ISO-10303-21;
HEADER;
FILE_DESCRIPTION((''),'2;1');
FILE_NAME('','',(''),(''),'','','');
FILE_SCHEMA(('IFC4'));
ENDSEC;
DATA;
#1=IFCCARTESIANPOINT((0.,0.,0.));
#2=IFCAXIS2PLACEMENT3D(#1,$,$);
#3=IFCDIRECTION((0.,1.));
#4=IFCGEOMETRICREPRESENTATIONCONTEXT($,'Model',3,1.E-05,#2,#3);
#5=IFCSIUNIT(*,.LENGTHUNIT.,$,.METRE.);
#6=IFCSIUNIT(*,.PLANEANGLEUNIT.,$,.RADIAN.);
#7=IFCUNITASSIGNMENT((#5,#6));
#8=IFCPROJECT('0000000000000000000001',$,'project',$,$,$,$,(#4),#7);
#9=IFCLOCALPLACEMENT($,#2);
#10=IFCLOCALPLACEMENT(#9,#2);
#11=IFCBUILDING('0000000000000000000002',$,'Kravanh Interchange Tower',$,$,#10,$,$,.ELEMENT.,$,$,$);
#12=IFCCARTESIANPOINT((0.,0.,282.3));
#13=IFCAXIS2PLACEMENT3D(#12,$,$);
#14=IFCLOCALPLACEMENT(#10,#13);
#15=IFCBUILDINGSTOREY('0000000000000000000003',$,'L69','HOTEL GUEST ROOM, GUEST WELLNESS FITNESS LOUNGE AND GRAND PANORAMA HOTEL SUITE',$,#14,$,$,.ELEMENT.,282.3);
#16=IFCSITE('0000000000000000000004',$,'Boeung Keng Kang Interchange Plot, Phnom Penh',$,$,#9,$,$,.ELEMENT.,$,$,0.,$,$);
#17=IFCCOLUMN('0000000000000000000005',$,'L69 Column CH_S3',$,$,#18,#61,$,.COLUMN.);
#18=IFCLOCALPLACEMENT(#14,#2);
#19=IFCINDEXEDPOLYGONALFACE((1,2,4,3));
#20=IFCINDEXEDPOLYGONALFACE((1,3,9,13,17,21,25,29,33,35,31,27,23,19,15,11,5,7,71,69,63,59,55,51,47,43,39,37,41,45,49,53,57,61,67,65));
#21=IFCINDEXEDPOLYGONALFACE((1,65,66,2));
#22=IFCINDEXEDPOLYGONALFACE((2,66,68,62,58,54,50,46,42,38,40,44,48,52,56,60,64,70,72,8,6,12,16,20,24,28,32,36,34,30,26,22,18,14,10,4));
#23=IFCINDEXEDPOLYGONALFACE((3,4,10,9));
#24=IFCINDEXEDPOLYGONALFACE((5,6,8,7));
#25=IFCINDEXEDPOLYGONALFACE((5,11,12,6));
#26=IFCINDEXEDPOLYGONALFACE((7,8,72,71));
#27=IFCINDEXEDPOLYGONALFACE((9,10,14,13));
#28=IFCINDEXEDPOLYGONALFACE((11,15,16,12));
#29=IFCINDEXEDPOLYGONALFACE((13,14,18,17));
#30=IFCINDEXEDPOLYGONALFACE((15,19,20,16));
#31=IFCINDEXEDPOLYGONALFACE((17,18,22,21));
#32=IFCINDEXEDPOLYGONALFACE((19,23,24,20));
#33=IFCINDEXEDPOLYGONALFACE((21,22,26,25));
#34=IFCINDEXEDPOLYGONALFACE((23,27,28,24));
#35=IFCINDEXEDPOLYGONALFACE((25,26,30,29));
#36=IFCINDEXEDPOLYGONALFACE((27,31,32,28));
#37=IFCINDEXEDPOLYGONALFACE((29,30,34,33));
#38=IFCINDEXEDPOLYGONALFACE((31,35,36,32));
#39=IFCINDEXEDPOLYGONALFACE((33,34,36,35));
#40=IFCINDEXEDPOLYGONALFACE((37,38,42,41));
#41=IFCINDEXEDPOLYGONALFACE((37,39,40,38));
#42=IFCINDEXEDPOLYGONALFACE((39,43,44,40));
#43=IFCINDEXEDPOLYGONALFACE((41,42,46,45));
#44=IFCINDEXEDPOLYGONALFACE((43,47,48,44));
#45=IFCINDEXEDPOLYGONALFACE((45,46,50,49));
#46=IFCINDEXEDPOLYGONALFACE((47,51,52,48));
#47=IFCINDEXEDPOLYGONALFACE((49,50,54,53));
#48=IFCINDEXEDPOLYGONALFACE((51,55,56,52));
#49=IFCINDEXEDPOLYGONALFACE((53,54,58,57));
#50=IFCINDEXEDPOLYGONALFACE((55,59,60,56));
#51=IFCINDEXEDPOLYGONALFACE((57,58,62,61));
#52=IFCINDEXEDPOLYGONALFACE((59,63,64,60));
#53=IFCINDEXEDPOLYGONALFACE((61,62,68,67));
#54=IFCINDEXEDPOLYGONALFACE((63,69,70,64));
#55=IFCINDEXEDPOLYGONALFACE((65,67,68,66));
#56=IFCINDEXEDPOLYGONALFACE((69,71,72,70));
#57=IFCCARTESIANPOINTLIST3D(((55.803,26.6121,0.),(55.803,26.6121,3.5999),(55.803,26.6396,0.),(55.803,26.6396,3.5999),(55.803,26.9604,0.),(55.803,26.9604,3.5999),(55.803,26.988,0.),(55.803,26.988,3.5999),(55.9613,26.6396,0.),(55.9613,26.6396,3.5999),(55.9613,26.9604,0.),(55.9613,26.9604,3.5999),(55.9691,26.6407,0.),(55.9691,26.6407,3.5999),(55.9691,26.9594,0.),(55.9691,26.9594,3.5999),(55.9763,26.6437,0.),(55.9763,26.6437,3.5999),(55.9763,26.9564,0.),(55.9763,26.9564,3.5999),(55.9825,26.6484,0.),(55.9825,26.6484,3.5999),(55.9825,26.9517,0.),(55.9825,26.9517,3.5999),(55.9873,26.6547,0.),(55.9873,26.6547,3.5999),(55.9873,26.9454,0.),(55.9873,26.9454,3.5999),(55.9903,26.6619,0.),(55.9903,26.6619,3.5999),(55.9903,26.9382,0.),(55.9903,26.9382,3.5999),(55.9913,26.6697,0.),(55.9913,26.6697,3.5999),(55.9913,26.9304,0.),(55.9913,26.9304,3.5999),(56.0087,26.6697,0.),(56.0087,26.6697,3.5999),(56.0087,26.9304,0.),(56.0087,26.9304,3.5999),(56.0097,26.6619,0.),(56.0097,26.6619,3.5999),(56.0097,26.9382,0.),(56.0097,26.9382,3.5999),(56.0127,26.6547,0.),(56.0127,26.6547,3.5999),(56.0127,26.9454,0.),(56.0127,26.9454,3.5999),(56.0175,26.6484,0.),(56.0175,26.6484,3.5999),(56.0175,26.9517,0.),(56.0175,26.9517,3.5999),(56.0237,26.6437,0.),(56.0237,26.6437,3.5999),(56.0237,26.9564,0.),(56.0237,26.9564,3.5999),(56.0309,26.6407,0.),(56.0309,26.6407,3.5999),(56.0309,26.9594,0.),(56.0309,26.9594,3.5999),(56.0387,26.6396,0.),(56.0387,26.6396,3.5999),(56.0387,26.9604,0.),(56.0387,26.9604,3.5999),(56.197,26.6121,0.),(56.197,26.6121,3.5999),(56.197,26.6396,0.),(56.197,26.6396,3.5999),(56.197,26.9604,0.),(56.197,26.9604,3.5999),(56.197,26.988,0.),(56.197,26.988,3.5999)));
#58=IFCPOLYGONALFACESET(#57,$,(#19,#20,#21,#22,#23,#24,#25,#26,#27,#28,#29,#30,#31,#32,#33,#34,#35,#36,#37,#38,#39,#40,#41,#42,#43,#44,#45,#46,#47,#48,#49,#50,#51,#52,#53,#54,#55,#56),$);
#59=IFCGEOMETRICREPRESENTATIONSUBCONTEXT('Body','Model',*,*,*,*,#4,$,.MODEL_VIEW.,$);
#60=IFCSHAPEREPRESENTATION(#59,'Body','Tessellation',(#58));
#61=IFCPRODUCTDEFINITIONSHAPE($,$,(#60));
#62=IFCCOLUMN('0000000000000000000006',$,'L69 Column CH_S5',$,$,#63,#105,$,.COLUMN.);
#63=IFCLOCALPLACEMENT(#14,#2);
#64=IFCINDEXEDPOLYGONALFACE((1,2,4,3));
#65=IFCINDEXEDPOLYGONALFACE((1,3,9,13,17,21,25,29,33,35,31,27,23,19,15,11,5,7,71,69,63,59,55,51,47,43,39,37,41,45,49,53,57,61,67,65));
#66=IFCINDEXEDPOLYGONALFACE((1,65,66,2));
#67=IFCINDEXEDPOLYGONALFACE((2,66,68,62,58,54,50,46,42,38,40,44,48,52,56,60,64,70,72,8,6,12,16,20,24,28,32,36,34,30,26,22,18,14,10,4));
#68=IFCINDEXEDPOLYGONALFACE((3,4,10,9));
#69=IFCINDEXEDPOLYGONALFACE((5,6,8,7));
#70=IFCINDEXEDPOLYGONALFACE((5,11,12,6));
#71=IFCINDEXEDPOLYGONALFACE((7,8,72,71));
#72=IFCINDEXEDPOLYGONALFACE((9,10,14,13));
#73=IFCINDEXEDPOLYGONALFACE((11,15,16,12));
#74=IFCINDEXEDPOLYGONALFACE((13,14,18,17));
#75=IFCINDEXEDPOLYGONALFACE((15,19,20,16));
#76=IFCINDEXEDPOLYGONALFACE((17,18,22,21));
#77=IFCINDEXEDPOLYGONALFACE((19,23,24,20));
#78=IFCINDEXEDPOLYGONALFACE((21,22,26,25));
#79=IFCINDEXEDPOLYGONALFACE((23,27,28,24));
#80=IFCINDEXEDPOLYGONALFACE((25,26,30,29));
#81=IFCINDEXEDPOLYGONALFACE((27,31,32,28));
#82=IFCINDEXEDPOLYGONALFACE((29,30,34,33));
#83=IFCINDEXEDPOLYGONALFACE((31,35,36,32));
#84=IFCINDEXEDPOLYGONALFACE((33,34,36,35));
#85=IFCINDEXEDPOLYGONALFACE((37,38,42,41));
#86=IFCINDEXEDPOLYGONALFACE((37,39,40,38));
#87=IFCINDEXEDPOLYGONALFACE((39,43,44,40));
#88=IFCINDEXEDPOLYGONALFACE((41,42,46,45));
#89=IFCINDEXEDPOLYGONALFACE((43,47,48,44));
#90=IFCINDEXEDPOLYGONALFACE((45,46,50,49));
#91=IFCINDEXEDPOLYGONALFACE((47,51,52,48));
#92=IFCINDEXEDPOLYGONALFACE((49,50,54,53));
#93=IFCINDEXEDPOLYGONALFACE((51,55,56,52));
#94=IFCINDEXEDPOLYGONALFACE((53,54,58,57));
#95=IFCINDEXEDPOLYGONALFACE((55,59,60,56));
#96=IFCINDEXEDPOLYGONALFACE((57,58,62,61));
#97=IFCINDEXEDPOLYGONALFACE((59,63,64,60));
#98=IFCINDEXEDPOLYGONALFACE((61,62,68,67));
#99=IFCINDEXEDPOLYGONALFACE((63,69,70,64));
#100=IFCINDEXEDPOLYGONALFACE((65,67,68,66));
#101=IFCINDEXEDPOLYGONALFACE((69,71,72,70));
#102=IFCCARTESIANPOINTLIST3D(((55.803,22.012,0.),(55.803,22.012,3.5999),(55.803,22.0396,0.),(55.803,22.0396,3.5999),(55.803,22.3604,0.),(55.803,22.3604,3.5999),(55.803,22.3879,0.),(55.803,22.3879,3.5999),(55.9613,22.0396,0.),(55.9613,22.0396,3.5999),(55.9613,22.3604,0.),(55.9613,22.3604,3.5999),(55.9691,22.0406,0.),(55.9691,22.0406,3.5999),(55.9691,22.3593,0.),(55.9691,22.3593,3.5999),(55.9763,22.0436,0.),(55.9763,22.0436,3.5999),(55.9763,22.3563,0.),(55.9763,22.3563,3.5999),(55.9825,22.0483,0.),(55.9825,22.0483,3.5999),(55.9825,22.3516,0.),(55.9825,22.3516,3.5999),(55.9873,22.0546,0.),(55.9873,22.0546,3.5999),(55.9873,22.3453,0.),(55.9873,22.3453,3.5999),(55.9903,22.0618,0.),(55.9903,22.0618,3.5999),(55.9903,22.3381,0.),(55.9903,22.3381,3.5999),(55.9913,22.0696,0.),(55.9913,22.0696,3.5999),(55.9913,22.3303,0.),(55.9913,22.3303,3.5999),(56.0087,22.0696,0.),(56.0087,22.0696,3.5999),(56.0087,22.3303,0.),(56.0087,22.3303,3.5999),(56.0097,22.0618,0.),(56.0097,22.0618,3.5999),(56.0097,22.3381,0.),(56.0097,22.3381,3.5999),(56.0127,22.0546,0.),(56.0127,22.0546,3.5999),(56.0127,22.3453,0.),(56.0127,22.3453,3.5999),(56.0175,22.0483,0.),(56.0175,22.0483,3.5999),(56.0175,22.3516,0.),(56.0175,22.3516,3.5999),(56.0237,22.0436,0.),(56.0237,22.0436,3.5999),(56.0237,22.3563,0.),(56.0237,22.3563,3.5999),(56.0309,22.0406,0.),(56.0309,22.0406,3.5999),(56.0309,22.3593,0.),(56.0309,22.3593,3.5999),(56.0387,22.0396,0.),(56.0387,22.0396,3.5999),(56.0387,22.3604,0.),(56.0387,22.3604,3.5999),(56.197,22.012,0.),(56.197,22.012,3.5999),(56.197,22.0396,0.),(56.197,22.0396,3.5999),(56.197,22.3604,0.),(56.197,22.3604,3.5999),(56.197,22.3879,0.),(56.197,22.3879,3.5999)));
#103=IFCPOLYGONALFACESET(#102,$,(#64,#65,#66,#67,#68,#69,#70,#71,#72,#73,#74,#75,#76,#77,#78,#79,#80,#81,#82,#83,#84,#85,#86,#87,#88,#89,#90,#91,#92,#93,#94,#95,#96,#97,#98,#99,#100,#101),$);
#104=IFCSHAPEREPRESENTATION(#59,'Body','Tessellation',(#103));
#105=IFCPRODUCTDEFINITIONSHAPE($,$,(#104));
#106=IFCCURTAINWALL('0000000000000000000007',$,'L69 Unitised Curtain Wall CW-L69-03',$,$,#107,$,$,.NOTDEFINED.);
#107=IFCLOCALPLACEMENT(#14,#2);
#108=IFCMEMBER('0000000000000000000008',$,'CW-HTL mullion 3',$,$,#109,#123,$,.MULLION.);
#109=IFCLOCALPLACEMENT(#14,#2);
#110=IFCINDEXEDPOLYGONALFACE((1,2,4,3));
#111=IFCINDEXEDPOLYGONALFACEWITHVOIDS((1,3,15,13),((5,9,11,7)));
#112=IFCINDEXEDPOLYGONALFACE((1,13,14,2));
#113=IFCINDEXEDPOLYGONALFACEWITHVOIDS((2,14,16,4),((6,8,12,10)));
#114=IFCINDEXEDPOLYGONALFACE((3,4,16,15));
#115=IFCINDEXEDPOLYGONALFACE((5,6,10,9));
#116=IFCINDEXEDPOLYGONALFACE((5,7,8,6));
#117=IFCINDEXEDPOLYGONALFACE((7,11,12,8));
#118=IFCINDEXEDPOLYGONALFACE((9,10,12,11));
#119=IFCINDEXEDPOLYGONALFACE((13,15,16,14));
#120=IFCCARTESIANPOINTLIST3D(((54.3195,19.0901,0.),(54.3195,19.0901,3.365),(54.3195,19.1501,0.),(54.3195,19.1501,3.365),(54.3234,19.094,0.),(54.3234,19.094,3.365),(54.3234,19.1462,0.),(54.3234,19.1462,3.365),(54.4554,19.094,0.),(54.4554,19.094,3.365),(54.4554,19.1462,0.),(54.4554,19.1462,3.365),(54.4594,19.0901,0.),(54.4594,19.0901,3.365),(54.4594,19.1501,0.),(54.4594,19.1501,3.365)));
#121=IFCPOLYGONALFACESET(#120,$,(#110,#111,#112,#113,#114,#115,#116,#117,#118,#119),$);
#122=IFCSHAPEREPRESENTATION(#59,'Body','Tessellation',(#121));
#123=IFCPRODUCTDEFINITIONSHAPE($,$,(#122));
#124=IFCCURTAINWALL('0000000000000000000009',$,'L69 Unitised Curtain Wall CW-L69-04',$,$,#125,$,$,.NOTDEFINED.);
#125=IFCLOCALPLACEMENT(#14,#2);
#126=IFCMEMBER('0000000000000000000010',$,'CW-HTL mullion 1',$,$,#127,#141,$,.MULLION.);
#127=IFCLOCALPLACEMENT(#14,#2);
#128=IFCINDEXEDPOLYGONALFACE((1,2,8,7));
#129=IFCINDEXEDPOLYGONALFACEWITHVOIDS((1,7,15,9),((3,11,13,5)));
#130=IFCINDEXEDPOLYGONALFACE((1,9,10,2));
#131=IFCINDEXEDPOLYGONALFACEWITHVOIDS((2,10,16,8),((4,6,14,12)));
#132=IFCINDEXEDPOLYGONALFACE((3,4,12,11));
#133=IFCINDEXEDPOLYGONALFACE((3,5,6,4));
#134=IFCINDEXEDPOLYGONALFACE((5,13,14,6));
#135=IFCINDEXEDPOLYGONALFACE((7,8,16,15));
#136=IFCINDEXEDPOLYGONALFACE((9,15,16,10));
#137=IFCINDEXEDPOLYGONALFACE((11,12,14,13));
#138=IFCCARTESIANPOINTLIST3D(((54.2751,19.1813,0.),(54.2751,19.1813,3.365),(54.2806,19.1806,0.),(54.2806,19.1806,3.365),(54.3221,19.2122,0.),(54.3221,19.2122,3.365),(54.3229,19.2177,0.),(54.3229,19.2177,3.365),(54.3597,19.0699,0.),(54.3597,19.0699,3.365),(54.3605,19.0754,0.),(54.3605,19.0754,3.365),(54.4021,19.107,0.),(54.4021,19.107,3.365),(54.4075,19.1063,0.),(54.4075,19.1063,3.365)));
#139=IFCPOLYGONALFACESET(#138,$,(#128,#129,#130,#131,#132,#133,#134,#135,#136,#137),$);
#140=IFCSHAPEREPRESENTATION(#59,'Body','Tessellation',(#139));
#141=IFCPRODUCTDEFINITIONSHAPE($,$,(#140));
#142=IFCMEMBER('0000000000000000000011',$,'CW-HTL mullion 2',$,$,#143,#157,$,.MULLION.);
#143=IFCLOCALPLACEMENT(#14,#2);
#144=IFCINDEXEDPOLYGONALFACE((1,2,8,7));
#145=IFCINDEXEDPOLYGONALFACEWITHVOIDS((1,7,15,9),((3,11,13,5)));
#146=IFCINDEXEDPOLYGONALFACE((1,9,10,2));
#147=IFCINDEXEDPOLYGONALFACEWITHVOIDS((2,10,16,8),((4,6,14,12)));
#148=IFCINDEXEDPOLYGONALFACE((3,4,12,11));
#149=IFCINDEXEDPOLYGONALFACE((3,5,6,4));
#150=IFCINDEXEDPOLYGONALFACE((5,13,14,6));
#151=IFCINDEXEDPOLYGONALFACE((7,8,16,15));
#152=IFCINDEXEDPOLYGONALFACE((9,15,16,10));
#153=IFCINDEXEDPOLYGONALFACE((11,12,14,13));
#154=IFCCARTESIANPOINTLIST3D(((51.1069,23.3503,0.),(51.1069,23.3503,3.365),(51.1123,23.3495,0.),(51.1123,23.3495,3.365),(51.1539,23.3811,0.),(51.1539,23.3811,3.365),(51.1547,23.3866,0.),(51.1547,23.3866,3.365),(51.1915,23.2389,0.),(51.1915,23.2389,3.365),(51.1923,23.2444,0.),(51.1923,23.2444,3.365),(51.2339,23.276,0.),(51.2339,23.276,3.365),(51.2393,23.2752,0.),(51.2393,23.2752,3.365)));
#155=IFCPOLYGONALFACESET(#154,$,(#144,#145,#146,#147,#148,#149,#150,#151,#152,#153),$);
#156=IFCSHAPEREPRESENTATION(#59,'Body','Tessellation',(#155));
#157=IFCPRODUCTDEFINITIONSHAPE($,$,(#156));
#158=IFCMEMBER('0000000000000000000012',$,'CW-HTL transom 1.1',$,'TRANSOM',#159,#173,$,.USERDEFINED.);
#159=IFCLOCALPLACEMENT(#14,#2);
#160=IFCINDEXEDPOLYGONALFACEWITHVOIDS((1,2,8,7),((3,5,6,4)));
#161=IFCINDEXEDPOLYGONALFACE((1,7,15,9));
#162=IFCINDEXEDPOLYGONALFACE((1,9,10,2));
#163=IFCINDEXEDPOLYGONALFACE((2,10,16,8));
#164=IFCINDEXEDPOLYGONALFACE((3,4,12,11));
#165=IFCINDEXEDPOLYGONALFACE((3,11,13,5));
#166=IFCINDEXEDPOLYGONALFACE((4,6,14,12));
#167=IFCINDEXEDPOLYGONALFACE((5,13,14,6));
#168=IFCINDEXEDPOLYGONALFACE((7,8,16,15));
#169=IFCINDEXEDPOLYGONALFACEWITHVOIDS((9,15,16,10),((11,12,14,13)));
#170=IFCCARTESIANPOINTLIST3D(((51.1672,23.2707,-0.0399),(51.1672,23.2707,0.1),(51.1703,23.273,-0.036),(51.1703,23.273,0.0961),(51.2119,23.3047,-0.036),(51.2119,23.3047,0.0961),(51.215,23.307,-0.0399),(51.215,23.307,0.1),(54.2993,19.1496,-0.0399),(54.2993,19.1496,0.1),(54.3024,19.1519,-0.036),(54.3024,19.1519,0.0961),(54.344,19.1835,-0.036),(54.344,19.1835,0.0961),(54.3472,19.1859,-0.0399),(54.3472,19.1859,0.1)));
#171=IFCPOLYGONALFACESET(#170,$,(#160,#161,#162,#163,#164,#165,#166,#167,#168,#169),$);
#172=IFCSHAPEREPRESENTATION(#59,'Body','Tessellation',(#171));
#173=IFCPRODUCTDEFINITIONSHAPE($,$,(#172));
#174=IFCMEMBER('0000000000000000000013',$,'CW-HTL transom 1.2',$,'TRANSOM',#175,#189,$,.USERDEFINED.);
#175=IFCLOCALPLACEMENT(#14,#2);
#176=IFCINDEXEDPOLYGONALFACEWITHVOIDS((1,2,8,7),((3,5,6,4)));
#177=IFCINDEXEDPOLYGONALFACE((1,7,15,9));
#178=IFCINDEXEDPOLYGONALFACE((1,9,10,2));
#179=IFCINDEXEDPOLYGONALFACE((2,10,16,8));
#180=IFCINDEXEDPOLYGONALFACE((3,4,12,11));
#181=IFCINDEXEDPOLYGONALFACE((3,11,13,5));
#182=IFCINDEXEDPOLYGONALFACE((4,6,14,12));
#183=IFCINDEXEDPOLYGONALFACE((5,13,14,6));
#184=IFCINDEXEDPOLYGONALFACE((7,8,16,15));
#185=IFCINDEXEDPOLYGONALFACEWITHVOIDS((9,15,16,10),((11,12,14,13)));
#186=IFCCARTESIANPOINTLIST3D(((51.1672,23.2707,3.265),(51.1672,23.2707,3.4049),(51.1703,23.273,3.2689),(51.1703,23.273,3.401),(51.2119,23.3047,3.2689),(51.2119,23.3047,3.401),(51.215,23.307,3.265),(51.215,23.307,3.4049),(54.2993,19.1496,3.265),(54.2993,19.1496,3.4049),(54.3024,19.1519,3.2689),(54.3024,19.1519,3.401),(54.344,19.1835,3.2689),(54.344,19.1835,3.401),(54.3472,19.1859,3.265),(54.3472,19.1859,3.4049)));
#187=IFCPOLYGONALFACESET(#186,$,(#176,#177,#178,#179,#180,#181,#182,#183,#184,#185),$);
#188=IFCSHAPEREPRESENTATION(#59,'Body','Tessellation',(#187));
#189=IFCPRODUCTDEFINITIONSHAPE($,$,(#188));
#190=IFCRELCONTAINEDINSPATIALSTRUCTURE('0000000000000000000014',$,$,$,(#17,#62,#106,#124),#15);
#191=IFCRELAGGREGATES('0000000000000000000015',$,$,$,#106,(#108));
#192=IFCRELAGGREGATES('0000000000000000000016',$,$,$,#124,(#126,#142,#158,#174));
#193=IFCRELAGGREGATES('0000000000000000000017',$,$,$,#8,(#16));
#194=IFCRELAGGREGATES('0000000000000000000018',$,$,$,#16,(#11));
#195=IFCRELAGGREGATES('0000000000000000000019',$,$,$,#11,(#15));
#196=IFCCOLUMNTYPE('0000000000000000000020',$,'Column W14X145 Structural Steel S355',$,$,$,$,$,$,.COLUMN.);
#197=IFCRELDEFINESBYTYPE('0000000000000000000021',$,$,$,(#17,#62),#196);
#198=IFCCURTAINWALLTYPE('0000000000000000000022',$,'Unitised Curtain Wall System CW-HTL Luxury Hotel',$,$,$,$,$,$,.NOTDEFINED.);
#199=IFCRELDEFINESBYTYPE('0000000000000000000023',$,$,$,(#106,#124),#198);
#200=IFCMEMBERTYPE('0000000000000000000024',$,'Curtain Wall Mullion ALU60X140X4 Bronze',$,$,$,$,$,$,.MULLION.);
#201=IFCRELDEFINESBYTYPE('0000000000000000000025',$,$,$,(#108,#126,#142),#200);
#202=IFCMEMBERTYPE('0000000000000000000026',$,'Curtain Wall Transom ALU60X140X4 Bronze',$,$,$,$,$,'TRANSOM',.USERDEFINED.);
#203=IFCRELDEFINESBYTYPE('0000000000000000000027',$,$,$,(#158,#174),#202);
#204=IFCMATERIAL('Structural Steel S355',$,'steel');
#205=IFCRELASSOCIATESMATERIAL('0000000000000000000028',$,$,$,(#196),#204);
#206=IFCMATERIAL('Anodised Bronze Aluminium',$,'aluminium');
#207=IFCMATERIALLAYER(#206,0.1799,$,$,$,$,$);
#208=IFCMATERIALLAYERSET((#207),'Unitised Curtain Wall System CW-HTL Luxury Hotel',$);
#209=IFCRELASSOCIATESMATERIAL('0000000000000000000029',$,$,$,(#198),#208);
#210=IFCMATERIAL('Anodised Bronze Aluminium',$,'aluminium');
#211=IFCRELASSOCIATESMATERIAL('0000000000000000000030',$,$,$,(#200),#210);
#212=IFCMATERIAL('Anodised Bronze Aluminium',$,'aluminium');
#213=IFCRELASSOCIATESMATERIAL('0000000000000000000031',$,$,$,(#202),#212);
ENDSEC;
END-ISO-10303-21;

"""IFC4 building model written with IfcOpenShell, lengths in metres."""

from ifc_helpers import new_model, si_unit, direction, frame, origin, origin_2d, place, context, subcontext, project, spatial, hollow_rectangle, i_section, extrude, material, layer, layer_set, material_profile, profile_set, type_object, element, aggregate, save


model = new_model("IFC4")

# Units and contexts
model_context = context("Model", 3, precision=1e-05, world=origin(), true_north=direction((0.0, 1.0)))
body_context = subcontext(model_context, "Body", "Model", "MODEL_VIEW")
ifc_project = project(units=[si_unit("LENGTHUNIT", "METRE"), si_unit("PLANEANGLEUNIT", "RADIAN")], contexts=[model_context])

# Site, building, storey
site_placement = place(None, origin())
site = spatial("IfcSite", under=ifc_project, at=site_placement, Name="Boeung Keng Kang Interchange Plot, Phnom Penh", CompositionType="ELEMENT", RefElevation=0.0)
building_placement = place(site_placement, origin())
building = spatial("IfcBuilding", under=site, at=building_placement, Name="Kravanh Interchange Tower", CompositionType="ELEMENT")
storey_placement = place(building_placement, frame((0.0, 0.0, 282.3)))
storey = spatial("IfcBuildingStorey", under=building, at=storey_placement, Name="L69", Description="HOTEL GUEST ROOM, GUEST WELLNESS FITNESS LOUNGE AND GRAND PANORAMA HOTEL SUITE", CompositionType="ELEMENT", Elevation=282.3)

# Columns
ifc_material_1 = material(Name="Structural Steel S355", Category="steel")
ifc_material_profile_1 = material_profile(ifc_material_1, i_section(OverallWidth=0.394, OverallDepth=0.376, WebThickness=0.0173, FlangeThickness=0.0276, FilletRadius=0.03, at=origin_2d()), Name="W14X145")
ifc_profile_set_1 = profile_set([ifc_material_profile_1], Name="Structural Steel S355")
column_type = type_object("IfcColumnType", Name="Column W14X145 Structural Steel S355", PredefinedType="COLUMN", material=ifc_profile_set_1)
for number, where, z_axis, x_axis, name in (
    (1, (56.0, 26.8, 0.0), (0.0, 0.0, 1.0), (1.0, 0.0, 0.0), "L69 Column CH_S3"),
    (2, (56.0, 22.2, 0.0), (0.0, 0.0, 1.0), (1.0, 0.0, 0.0), "L69 Column CH_S5"),
):
    element("IfcColumn", number, at=place(storey_placement, frame(where, z_axis=z_axis, x_axis=x_axis)), inside=storey, type_object=column_type, Name=name, PredefinedType="COLUMN", context=body_context, shape_type="SweptSolid", body=[
        extrude(i_section(OverallWidth=0.394, OverallDepth=0.376, WebThickness=0.0173, FlangeThickness=0.0276, FilletRadius=0.03, at=origin_2d()), origin(), (0.0, 0.0, 1.0), 3.5999),
    ])

# Curtain wall, member
ifc_material_2 = material(Name="Anodised Bronze Aluminium", Category="aluminium")
ifc_layer_1 = layer(ifc_material_2, 0.1799)
ifc_layer_set_1 = layer_set([ifc_layer_1], Name="Unitised Curtain Wall System CW-HTL Luxury Hotel")
curtain_wall_type = type_object("IfcCurtainWallType", Name="Unitised Curtain Wall System CW-HTL Luxury Hotel", PredefinedType="NOTDEFINED", material=ifc_layer_set_1)
curtain_wall_1_placement = place(storey_placement, origin())
curtain_wall_1 = element("IfcCurtainWall", 3, at=curtain_wall_1_placement, inside=storey, type_object=curtain_wall_type, Name="L69 Unitised Curtain Wall CW-L69-03", PredefinedType="NOTDEFINED")
ifc_material_3 = material(Name="Anodised Bronze Aluminium", Category="aluminium")
ifc_material_profile_2 = material_profile(ifc_material_3, hollow_rectangle(XDim=0.0601, YDim=0.1399, WallThickness=0.0039, at=origin_2d()), Name="ALU60X140X4")
ifc_profile_set_2 = profile_set([ifc_material_profile_2], Name="Anodised Bronze Aluminium")
member_type_1 = type_object("IfcMemberType", Name="Curtain Wall Mullion ALU60X140X4 Bronze", PredefinedType="MULLION", material=ifc_profile_set_2)
member_1_placement = place(storey_placement, frame((54.3894, 19.1201, 0.0), z_axis=(0.0, 0.0, 1.0), x_axis=(0.0, -1.0, 0.0)))
member_1 = element("IfcMember", 4, at=member_1_placement, type_object=member_type_1, Name="CW-HTL mullion 3", PredefinedType="MULLION", context=body_context, shape_type="SweptSolid", body=[
    extrude(hollow_rectangle(XDim=0.0601, YDim=0.1399, WallThickness=0.0039, at=origin_2d()), origin(), (0.0, 0.0, 1.0), 3.365),
])

# Curtain wall, members
curtain_wall_2_placement = place(storey_placement, origin())
curtain_wall_2 = element("IfcCurtainWall", 5, at=curtain_wall_2_placement, inside=storey, type_object=curtain_wall_type, Name="L69 Unitised Curtain Wall CW-L69-04", PredefinedType="NOTDEFINED")
member_2_placement = place(storey_placement, frame((54.3413, 19.1438, 0.0), z_axis=(0.0, 0.0, 1.0), x_axis=(-0.796162, -0.605083, 0.0)))
member_2 = element("IfcMember", 6, at=member_2_placement, type_object=member_type_1, Name="CW-HTL mullion 1", PredefinedType="MULLION", context=body_context, shape_type="SweptSolid", body=[
    extrude(hollow_rectangle(XDim=0.0601, YDim=0.1399, WallThickness=0.0039, at=origin_2d()), origin(), (0.0, 0.0, 1.0), 3.365),
])
member_3_placement = place(storey_placement, frame((51.1731, 23.3127, 0.0), z_axis=(0.0, 0.0, 1.0), x_axis=(-0.796162, -0.605083, 0.0)))
member_3 = element("IfcMember", 7, at=member_3_placement, type_object=member_type_1, Name="CW-HTL mullion 2", PredefinedType="MULLION", context=body_context, shape_type="SweptSolid", body=[
    extrude(hollow_rectangle(XDim=0.0601, YDim=0.1399, WallThickness=0.0039, at=origin_2d()), origin(), (0.0, 0.0, 1.0), 3.365),
])
ifc_material_4 = material(Name="Anodised Bronze Aluminium", Category="aluminium")
ifc_material_profile_3 = material_profile(ifc_material_4, hollow_rectangle(XDim=0.0601, YDim=0.1399, WallThickness=0.0039, at=origin_2d()), Name="ALU60X140X4")
ifc_profile_set_3 = profile_set([ifc_material_profile_3], Name="Anodised Bronze Aluminium")
member_type_2 = type_object("IfcMemberType", Name="Curtain Wall Transom ALU60X140X4 Bronze", ElementType="TRANSOM", PredefinedType="USERDEFINED", material=ifc_profile_set_3)
member_4_placement = place(storey_placement, frame((54.3232, 19.1677, 0.03), z_axis=(-0.605089, 0.796158, 0.0), x_axis=(-0.796158, -0.605089, 0.0)))
member_4 = element("IfcMember", 8, at=member_4_placement, type_object=member_type_2, Name="CW-HTL transom 1.1", ObjectType="TRANSOM", PredefinedType="USERDEFINED", context=body_context, shape_type="SweptSolid", body=[
    extrude(hollow_rectangle(XDim=0.0601, YDim=0.1399, WallThickness=0.0039, at=origin_2d()), origin(), (0.0, 0.0, 1.0), 5.1763),
])
member_5_placement = place(storey_placement, frame((54.3232, 19.1677, 3.335), z_axis=(-0.605089, 0.796158, 0.0), x_axis=(-0.796158, -0.605089, 0.0)))
member_5 = element("IfcMember", 9, at=member_5_placement, type_object=member_type_2, Name="CW-HTL transom 1.2", ObjectType="TRANSOM", PredefinedType="USERDEFINED", context=body_context, shape_type="SweptSolid", body=[
    extrude(hollow_rectangle(XDim=0.0601, YDim=0.1399, WallThickness=0.0039, at=origin_2d()), origin(), (0.0, 0.0, 1.0), 5.1763),
])

aggregate(curtain_wall_1, [member_1])
aggregate(curtain_wall_2, [member_2, member_3, member_4, member_5])

save(model, "model.ifc")
